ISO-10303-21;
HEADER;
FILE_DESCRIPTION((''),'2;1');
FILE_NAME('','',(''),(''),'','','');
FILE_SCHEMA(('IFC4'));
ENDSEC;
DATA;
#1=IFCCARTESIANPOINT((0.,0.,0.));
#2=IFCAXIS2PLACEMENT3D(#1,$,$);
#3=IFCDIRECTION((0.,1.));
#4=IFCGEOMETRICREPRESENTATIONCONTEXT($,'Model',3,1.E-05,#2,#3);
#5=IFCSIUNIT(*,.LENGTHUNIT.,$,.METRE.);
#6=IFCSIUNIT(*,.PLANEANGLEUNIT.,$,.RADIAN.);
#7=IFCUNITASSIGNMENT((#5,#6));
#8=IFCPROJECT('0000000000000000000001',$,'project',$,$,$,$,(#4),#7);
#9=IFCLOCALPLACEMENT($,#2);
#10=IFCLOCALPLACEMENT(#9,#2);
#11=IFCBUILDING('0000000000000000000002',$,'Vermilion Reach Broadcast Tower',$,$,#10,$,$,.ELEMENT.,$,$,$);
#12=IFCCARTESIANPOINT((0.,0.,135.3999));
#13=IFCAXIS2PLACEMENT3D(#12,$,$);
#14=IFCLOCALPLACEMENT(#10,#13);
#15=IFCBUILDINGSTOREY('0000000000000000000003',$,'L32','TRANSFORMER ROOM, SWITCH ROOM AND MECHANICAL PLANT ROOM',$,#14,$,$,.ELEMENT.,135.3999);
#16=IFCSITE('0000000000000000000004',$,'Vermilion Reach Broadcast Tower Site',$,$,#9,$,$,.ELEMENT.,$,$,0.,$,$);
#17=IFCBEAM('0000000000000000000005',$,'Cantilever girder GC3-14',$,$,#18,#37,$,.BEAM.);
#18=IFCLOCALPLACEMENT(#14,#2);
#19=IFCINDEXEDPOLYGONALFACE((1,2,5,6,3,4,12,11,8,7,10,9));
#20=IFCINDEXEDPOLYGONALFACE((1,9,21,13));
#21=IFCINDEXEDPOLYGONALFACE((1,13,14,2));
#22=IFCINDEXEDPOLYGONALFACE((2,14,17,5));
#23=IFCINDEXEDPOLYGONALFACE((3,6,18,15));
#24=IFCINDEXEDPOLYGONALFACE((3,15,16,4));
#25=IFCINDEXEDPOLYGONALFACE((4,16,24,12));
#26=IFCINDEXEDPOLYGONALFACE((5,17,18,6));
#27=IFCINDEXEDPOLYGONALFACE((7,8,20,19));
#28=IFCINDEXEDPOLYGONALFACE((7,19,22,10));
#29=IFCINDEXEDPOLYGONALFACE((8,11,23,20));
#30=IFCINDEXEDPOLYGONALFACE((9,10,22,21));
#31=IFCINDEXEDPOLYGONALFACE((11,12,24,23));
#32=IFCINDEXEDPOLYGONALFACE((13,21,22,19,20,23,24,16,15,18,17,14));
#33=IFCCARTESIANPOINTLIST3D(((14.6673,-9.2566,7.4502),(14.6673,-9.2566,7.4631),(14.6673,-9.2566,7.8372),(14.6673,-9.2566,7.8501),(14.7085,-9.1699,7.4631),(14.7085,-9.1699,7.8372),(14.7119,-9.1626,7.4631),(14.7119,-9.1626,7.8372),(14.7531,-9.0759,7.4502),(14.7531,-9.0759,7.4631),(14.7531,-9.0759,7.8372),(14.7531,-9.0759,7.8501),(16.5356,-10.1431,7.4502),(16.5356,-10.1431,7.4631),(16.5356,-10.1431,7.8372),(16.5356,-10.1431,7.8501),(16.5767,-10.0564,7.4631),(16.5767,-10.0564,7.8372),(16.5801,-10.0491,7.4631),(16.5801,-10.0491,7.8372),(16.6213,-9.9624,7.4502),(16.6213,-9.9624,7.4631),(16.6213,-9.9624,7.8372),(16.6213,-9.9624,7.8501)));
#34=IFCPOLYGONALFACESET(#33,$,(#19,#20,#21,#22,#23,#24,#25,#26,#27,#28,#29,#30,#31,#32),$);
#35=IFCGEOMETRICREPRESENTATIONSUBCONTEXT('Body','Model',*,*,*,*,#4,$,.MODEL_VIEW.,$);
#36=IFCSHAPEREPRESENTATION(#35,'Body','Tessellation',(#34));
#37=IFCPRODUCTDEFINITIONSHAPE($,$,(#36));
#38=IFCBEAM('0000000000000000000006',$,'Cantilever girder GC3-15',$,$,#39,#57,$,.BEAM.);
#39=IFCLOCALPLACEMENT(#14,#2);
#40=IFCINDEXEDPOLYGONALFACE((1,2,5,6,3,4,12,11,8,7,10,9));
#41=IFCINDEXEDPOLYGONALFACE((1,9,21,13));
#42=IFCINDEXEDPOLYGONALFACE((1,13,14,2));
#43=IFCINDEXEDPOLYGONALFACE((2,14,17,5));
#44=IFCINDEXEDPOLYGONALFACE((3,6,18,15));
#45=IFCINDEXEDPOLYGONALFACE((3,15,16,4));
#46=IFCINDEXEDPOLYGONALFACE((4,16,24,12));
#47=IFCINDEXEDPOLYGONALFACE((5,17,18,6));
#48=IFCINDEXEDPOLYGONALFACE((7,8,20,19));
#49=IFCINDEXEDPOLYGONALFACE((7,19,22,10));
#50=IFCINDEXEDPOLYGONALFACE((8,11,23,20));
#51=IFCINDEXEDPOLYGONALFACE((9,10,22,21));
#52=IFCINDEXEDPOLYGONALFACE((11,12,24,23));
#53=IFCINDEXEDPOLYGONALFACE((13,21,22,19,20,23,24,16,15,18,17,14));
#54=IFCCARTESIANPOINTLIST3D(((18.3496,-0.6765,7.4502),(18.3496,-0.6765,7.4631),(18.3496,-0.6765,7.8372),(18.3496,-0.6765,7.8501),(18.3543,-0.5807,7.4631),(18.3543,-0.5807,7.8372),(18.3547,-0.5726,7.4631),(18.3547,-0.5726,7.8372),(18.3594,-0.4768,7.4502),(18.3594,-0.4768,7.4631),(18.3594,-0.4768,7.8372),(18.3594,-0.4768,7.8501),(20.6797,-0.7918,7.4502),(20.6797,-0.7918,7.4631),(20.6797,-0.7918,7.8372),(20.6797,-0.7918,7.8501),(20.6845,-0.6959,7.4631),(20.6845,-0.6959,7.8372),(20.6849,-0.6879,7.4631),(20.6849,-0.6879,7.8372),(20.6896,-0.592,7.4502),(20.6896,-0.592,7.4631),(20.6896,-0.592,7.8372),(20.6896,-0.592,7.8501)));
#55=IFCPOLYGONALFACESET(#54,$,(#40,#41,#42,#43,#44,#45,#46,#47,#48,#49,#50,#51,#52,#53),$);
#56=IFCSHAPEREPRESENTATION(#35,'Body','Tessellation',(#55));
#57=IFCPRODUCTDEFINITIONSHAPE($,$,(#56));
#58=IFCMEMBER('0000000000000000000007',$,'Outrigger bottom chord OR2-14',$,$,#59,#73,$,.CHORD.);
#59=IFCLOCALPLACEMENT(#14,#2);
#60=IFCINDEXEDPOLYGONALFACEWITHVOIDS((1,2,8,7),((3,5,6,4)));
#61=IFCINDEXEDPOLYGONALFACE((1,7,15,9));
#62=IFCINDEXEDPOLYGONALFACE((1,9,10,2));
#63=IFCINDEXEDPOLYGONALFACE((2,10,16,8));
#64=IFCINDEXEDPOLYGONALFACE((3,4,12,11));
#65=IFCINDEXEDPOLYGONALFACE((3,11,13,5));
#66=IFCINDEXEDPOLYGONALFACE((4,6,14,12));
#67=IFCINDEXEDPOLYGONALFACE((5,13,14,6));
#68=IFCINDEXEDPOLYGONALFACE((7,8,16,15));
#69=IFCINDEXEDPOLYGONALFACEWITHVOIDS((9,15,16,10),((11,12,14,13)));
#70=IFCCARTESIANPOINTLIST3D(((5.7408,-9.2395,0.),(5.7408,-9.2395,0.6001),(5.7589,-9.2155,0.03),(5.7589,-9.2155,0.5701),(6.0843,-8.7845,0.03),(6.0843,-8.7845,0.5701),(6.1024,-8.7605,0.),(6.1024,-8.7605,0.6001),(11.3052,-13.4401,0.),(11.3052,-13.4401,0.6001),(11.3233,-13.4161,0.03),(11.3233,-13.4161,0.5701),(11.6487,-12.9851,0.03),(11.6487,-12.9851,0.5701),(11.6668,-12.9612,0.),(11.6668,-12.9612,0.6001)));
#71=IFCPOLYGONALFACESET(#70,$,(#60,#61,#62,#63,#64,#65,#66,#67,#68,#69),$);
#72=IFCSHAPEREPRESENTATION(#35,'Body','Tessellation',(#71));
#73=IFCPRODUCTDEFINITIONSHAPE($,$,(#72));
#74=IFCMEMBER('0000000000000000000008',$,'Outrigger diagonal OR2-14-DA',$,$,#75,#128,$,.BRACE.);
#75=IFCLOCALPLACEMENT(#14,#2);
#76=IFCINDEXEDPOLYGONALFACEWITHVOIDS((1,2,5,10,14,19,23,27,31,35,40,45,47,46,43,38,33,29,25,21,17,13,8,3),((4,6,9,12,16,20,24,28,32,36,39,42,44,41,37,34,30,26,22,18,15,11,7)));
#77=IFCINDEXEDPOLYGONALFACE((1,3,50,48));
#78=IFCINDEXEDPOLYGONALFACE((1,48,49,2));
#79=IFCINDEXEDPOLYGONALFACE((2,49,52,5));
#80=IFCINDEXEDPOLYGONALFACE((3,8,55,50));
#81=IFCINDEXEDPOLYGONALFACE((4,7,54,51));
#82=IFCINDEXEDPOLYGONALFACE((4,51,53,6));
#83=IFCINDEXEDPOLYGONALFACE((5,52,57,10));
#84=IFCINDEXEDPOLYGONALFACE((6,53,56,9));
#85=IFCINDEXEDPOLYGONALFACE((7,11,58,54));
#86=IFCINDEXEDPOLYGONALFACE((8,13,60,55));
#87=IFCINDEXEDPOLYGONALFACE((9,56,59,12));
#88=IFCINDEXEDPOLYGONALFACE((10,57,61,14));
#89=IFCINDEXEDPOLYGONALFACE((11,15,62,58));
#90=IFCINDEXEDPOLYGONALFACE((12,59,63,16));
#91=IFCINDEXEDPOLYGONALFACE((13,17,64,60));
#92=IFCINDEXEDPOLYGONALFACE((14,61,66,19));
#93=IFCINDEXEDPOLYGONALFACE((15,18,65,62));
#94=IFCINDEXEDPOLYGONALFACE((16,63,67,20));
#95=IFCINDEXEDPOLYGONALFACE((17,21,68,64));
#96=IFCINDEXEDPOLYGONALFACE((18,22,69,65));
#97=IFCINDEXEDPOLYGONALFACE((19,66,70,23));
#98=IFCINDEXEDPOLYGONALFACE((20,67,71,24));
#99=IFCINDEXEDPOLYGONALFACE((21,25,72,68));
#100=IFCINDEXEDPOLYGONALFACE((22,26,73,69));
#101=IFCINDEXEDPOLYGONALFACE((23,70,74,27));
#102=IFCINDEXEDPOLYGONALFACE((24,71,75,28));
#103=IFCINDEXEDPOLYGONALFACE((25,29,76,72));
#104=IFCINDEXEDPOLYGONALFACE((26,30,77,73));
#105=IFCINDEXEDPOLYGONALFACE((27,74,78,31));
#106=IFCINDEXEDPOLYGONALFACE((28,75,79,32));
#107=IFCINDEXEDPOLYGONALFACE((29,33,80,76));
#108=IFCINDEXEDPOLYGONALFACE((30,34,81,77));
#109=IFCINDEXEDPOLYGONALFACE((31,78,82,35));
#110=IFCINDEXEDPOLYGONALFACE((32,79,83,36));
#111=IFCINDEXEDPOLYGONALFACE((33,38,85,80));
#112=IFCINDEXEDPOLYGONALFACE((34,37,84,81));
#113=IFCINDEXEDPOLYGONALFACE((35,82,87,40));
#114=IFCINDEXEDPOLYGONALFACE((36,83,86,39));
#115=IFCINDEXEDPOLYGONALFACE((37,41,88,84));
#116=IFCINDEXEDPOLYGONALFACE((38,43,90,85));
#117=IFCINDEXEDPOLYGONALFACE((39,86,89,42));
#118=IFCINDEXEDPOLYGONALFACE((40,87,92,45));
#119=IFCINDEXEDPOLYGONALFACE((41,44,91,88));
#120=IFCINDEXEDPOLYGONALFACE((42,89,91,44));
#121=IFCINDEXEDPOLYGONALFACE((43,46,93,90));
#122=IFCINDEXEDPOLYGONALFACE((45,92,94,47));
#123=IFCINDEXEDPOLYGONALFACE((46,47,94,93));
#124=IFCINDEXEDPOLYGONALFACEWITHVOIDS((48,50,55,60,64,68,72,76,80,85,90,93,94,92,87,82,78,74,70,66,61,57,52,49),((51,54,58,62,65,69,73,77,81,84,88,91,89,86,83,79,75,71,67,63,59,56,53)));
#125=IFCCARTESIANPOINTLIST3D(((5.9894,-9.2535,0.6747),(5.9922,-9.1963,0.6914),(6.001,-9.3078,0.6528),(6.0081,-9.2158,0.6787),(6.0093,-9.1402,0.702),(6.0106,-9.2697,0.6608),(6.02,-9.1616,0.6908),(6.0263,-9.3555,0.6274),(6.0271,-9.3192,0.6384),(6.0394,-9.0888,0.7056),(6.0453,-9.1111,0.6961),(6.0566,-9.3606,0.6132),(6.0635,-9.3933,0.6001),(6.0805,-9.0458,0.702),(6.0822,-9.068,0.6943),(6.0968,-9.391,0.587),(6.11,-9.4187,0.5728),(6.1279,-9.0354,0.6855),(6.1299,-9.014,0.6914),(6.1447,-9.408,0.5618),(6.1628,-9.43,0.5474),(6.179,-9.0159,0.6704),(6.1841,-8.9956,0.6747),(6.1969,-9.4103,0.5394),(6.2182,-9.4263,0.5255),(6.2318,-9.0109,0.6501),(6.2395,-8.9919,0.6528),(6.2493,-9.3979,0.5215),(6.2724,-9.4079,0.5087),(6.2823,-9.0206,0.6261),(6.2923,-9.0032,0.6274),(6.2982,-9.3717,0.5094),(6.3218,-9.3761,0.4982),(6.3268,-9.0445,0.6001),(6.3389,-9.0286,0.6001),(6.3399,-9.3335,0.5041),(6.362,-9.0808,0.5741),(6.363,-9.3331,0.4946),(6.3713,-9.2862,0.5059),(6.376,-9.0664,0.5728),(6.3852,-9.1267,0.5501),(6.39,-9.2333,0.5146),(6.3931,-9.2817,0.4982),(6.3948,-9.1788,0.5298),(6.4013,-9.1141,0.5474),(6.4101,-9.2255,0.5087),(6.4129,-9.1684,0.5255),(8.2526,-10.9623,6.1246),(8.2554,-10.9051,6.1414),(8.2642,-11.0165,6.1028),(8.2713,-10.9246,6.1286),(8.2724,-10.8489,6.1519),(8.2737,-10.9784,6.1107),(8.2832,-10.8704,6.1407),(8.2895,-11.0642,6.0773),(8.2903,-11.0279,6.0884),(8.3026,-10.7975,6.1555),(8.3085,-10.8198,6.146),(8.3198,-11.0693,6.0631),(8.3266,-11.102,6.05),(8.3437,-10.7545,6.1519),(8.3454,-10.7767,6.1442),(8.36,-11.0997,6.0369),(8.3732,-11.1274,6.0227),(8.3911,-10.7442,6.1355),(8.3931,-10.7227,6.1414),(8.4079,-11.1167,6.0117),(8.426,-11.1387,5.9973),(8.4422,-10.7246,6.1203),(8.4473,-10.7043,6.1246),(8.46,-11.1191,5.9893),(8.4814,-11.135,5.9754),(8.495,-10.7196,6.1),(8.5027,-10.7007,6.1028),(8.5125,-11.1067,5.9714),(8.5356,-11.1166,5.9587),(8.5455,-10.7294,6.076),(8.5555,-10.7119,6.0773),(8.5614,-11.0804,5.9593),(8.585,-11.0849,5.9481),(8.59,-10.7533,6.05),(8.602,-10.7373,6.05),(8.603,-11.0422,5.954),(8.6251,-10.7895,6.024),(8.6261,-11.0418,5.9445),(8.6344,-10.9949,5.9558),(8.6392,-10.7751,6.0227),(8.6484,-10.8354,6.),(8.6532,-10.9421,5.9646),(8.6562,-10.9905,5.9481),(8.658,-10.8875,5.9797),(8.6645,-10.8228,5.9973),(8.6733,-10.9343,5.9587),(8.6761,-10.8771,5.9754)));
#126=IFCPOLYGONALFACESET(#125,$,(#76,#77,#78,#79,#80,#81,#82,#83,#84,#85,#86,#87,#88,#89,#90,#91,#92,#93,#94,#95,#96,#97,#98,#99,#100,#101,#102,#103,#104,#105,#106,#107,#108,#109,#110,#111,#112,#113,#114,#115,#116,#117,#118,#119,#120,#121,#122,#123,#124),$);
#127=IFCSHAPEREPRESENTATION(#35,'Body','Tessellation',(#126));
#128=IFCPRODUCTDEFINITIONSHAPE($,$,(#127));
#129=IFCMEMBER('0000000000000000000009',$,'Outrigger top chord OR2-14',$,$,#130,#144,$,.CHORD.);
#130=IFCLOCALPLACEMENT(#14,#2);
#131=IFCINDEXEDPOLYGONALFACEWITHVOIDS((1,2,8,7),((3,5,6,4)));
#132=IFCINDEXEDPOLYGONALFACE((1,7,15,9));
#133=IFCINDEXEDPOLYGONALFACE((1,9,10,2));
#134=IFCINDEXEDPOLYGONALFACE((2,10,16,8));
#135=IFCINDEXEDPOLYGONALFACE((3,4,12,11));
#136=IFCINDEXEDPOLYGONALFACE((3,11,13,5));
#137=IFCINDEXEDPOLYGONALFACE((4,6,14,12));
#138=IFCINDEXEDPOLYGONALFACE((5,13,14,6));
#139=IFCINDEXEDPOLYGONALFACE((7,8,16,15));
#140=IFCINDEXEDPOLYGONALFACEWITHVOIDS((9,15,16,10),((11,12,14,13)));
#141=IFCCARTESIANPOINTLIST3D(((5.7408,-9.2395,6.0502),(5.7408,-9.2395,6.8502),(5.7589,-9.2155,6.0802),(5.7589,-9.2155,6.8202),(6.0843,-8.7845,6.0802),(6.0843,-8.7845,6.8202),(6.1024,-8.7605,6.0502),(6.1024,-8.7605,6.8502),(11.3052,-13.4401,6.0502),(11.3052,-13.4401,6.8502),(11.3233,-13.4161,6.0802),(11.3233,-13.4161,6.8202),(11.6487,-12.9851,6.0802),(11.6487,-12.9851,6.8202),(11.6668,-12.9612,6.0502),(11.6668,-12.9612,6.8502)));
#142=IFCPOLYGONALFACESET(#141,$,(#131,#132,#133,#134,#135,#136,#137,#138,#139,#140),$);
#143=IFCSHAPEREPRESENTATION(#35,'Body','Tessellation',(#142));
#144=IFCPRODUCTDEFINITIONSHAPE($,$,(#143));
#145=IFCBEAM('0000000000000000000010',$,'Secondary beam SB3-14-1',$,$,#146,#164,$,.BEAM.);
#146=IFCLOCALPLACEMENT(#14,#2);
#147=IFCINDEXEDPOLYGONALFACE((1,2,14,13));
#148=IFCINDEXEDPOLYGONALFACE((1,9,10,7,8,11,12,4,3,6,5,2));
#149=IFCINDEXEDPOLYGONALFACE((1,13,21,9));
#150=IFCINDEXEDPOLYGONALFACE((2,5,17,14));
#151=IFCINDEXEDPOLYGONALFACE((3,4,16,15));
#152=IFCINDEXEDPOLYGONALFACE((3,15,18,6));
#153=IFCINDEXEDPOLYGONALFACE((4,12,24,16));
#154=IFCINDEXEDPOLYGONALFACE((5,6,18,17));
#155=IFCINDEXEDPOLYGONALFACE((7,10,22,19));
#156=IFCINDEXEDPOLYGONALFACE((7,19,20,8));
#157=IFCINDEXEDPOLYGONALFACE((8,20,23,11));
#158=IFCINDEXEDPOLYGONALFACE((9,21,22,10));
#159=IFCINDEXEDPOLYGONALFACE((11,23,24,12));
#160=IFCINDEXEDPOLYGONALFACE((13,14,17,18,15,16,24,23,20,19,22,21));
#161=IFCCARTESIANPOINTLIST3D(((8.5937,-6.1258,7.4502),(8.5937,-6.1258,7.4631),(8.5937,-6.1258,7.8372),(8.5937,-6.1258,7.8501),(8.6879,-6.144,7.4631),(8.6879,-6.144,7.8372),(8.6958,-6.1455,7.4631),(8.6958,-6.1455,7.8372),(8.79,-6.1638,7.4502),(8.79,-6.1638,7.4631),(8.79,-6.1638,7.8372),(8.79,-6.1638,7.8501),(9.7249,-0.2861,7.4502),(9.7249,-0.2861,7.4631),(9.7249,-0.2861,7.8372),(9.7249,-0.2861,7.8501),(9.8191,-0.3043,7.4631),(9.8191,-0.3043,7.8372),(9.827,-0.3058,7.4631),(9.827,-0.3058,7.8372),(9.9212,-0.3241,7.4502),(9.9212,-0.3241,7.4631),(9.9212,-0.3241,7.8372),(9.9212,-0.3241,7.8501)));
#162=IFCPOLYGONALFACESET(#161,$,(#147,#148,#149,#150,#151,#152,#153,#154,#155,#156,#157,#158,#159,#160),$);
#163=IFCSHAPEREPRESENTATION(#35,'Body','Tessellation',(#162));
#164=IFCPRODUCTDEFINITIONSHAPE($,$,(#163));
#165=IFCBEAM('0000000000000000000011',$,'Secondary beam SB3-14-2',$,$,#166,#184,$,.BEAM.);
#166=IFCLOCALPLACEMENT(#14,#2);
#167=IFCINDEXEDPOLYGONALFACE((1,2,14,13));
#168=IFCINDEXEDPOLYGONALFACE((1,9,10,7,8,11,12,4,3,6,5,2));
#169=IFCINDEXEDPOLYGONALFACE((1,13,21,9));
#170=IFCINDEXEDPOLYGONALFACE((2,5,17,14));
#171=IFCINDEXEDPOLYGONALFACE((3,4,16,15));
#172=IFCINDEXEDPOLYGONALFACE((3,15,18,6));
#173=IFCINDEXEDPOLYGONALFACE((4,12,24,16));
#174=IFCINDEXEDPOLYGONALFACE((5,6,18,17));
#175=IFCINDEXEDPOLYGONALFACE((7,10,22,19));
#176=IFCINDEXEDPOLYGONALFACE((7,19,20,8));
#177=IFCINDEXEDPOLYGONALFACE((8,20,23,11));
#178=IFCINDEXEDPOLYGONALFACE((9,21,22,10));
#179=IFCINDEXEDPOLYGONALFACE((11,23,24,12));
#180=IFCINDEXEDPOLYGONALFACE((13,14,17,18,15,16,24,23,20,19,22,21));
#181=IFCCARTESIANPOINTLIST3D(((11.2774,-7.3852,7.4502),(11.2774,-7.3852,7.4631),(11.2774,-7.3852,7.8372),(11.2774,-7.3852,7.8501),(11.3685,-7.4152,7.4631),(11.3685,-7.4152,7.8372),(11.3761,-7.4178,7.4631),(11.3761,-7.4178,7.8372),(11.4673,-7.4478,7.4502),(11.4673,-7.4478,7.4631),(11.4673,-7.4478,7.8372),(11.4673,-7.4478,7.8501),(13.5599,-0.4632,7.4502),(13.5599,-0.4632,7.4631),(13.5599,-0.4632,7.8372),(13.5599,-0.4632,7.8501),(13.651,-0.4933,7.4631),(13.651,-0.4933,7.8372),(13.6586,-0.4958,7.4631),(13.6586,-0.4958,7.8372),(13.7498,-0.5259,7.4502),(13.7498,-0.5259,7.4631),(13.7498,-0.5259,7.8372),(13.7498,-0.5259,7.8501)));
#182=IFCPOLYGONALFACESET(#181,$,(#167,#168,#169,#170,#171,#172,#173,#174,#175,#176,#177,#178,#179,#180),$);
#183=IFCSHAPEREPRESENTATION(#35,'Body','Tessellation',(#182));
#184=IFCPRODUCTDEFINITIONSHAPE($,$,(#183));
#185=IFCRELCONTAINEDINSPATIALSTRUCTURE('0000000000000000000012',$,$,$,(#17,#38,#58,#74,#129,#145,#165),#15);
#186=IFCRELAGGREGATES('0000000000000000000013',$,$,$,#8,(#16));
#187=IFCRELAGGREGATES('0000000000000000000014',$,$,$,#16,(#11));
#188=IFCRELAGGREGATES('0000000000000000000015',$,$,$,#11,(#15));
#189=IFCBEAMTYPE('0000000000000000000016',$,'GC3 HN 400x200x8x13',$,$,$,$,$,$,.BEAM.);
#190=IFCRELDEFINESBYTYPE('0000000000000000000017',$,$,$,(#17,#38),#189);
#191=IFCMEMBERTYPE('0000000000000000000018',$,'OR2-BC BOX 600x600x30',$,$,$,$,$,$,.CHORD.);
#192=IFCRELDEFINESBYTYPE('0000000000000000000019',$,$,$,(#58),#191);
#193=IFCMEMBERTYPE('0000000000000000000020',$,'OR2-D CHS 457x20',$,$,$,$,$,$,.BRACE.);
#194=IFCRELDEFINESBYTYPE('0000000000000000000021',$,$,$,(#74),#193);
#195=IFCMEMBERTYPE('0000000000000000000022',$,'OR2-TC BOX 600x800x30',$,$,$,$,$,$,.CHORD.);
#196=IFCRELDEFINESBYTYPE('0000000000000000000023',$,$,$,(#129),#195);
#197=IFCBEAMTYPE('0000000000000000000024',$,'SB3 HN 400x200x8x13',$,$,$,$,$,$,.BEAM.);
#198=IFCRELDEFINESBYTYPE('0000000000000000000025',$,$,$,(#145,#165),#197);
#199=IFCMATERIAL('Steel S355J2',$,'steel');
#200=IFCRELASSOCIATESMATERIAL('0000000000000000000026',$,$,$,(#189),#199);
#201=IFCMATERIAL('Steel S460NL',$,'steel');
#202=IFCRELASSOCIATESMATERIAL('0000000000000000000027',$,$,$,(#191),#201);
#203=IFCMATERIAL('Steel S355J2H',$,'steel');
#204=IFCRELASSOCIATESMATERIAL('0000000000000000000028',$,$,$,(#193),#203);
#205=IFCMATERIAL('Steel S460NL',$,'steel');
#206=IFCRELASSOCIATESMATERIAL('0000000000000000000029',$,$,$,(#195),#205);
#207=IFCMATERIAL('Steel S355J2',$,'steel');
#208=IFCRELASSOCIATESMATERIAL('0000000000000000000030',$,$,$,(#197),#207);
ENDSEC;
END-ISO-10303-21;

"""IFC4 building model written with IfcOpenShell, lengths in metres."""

from ifc_helpers import new_model, si_unit, direction, frame, origin, origin_2d, place, context, subcontext, project, spatial, hollow_rectangle, hollow_circle, i_section, extrude, material, material_profile, profile_set, type_object, element, save


model = new_model("IFC4")

# Units and contexts
model_context = context("Model", 3, precision=1e-05, world=origin(), true_north=direction((0.0, 1.0)))
body_context = subcontext(model_context, "Body", "Model", "MODEL_VIEW")
ifc_project = project(units=[si_unit("LENGTHUNIT", "METRE"), si_unit("PLANEANGLEUNIT", "RADIAN")], contexts=[model_context])

# Site, building, storey
site_placement = place(None, origin())
site = spatial("IfcSite", under=ifc_project, at=site_placement, Name="Vermilion Reach Broadcast Tower Site", CompositionType="ELEMENT", RefElevation=0.0)
building_placement = place(site_placement, origin())
building = spatial("IfcBuilding", under=site, at=building_placement, Name="Vermilion Reach Broadcast Tower", CompositionType="ELEMENT")
storey_placement = place(building_placement, frame((0.0, 0.0, 135.3999)))
storey = spatial("IfcBuildingStorey", under=building, at=storey_placement, Name="L32", Description="TRANSFORMER ROOM, SWITCH ROOM AND MECHANICAL PLANT ROOM", CompositionType="ELEMENT", Elevation=135.3999)

# Beams
ifc_material_1 = material(Name="Steel S355J2", Category="steel")
ifc_material_profile_1 = material_profile(ifc_material_1, i_section(OverallWidth=0.2, OverallDepth=0.3999, WebThickness=0.0081, FlangeThickness=0.0129, at=origin_2d()), Name="S355J2 HN 400x200x8x13")
ifc_profile_set_1 = profile_set([ifc_material_profile_1], Name="Steel S355J2")
beam_type_1 = type_object("IfcBeamType", Name="GC3 HN 400x200x8x13", PredefinedType="BEAM", material=ifc_profile_set_1)
beam_1_placement = place(storey_placement, frame((14.7102, -9.1663, 7.6501), z_axis=(0.903447, -0.4287, 0.0), x_axis=(0.4287, 0.903447, 0.0)))
element("IfcBeam", 1, at=beam_1_placement, inside=storey, type_object=beam_type_1, Name="Cantilever girder GC3-14", PredefinedType="BEAM", context=body_context, shape_type="SweptSolid", body=[
    extrude(i_section(OverallWidth=0.2, OverallDepth=0.3999, WebThickness=0.0081, FlangeThickness=0.0129, at=origin_2d()), origin(), (0.0, 0.0, 1.0), 2.0679),
])
beam_2_placement = place(storey_placement, frame((18.3545, -0.5767, 7.6501), z_axis=(0.998779, -0.049395, 0.0), x_axis=(0.049395, 0.998779, 0.0)))
element("IfcBeam", 2, at=beam_2_placement, inside=storey, type_object=beam_type_1, Name="Cantilever girder GC3-15", PredefinedType="BEAM", context=body_context, shape_type="SweptSolid", body=[
    extrude(i_section(OverallWidth=0.2, OverallDepth=0.3999, WebThickness=0.0081, FlangeThickness=0.0129, at=origin_2d()), origin(), (0.0, 0.0, 1.0), 2.333),
])

# Members
ifc_material_2 = material(Name="Steel S460NL", Category="steel")
ifc_material_profile_2 = material_profile(ifc_material_2, hollow_rectangle(XDim=0.6001, YDim=0.6001, WallThickness=0.03, at=origin_2d()), Name="S460NL BOX 600x600x30")
ifc_profile_set_2 = profile_set([ifc_material_profile_2], Name="Steel S460NL")
member_type_1 = type_object("IfcMemberType", Name="OR2-BC BOX 600x600x30", PredefinedType="CHORD", material=ifc_profile_set_2)
member_1_placement = place(storey_placement, frame((5.9216, -9.0, 0.3), z_axis=(0.798114, -0.602507, 0.0), x_axis=(0.602507, 0.798114, 0.0)))
element("IfcMember", 3, at=member_1_placement, inside=storey, type_object=member_type_1, Name="Outrigger bottom chord OR2-14", PredefinedType="CHORD", context=body_context, shape_type="SweptSolid", body=[
    extrude(hollow_rectangle(XDim=0.6001, YDim=0.6001, WallThickness=0.03, at=origin_2d()), origin(), (0.0, 0.0, 1.0), 6.9719),
])
ifc_material_3 = material(Name="Steel S355J2H", Category="steel")
ifc_material_profile_3 = material_profile(ifc_material_3, hollow_circle(Radius=0.2285, WallThickness=0.02, at=origin_2d()), Name="S355J2H CHS 457x20")
ifc_profile_set_3 = profile_set([ifc_material_profile_3], Name="Steel S355J2H")
member_type_2 = type_object("IfcMemberType", Name="OR2-D CHS 457x20", PredefinedType="BRACE", material=ifc_profile_set_3)
member_2_placement = place(storey_placement, frame((6.2012, -9.2109, 0.6001), z_axis=(0.368381, -0.278134, 0.887095), x_axis=(0.602559, 0.798074, 0.0)))
element("IfcMember", 4, at=member_2_placement, inside=storey, type_object=member_type_2, Name="Outrigger diagonal OR2-14-DA", PredefinedType="BRACE", context=body_context, shape_type="SweptSolid", body=[
    extrude(hollow_circle(Radius=0.2285, WallThickness=0.02, at=origin_2d()), origin(), (0.0, 0.0, 1.0), 6.1436),
])
ifc_material_4 = material(Name="Steel S460NL", Category="steel")
ifc_material_profile_4 = material_profile(ifc_material_4, hollow_rectangle(XDim=0.6001, YDim=0.8, WallThickness=0.03, at=origin_2d()), Name="S460NL BOX 600x800x30")
ifc_profile_set_4 = profile_set([ifc_material_profile_4], Name="Steel S460NL")
member_type_3 = type_object("IfcMemberType", Name="OR2-TC BOX 600x800x30", PredefinedType="CHORD", material=ifc_profile_set_4)
member_3_placement = place(storey_placement, frame((5.9216, -9.0, 6.4502), z_axis=(0.798114, -0.602507, 0.0), x_axis=(0.602507, 0.798114, 0.0)))
element("IfcMember", 5, at=member_3_placement, inside=storey, type_object=member_type_3, Name="Outrigger top chord OR2-14", PredefinedType="CHORD", context=body_context, shape_type="SweptSolid", body=[
    extrude(hollow_rectangle(XDim=0.6001, YDim=0.8, WallThickness=0.03, at=origin_2d()), origin(), (0.0, 0.0, 1.0), 6.9719),
])

# Beams
ifc_material_5 = material(Name="Steel S355J2", Category="steel")
ifc_material_profile_5 = material_profile(ifc_material_5, i_section(OverallWidth=0.2, OverallDepth=0.3999, WebThickness=0.0081, FlangeThickness=0.0129, at=origin_2d()), Name="S355J2 HN 400x200x8x13")
ifc_profile_set_5 = profile_set([ifc_material_profile_5], Name="Steel S355J2")
beam_type_2 = type_object("IfcBeamType", Name="SB3 HN 400x200x8x13", PredefinedType="BEAM", material=ifc_profile_set_5)
beam_3_placement = place(storey_placement, frame((8.6919, -6.1448, 7.6501), z_axis=(0.190161, 0.981753, 0.0), x_axis=(-0.981753, 0.190161, 0.0)))
element("IfcBeam", 6, at=beam_3_placement, inside=storey, type_object=beam_type_2, Name="Secondary beam SB3-14-1", PredefinedType="BEAM", context=body_context, shape_type="SweptSolid", body=[
    extrude(i_section(OverallWidth=0.2, OverallDepth=0.3999, WebThickness=0.0081, FlangeThickness=0.0129, at=origin_2d()), origin(), (0.0, 0.0, 1.0), 5.9482),
])
beam_4_placement = place(storey_placement, frame((11.3723, -7.4165, 7.6501), z_axis=(0.313161, 0.9497, 0.0), x_axis=(-0.9497, 0.313161, 0.0)))
element("IfcBeam", 7, at=beam_4_placement, inside=storey, type_object=beam_type_2, Name="Secondary beam SB3-14-2", PredefinedType="BEAM", context=body_context, shape_type="SweptSolid", body=[
    extrude(i_section(OverallWidth=0.2, OverallDepth=0.3999, WebThickness=0.0081, FlangeThickness=0.0129, at=origin_2d()), origin(), (0.0, 0.0, 1.0), 7.2886),
])

save(model, "model.ifc")
